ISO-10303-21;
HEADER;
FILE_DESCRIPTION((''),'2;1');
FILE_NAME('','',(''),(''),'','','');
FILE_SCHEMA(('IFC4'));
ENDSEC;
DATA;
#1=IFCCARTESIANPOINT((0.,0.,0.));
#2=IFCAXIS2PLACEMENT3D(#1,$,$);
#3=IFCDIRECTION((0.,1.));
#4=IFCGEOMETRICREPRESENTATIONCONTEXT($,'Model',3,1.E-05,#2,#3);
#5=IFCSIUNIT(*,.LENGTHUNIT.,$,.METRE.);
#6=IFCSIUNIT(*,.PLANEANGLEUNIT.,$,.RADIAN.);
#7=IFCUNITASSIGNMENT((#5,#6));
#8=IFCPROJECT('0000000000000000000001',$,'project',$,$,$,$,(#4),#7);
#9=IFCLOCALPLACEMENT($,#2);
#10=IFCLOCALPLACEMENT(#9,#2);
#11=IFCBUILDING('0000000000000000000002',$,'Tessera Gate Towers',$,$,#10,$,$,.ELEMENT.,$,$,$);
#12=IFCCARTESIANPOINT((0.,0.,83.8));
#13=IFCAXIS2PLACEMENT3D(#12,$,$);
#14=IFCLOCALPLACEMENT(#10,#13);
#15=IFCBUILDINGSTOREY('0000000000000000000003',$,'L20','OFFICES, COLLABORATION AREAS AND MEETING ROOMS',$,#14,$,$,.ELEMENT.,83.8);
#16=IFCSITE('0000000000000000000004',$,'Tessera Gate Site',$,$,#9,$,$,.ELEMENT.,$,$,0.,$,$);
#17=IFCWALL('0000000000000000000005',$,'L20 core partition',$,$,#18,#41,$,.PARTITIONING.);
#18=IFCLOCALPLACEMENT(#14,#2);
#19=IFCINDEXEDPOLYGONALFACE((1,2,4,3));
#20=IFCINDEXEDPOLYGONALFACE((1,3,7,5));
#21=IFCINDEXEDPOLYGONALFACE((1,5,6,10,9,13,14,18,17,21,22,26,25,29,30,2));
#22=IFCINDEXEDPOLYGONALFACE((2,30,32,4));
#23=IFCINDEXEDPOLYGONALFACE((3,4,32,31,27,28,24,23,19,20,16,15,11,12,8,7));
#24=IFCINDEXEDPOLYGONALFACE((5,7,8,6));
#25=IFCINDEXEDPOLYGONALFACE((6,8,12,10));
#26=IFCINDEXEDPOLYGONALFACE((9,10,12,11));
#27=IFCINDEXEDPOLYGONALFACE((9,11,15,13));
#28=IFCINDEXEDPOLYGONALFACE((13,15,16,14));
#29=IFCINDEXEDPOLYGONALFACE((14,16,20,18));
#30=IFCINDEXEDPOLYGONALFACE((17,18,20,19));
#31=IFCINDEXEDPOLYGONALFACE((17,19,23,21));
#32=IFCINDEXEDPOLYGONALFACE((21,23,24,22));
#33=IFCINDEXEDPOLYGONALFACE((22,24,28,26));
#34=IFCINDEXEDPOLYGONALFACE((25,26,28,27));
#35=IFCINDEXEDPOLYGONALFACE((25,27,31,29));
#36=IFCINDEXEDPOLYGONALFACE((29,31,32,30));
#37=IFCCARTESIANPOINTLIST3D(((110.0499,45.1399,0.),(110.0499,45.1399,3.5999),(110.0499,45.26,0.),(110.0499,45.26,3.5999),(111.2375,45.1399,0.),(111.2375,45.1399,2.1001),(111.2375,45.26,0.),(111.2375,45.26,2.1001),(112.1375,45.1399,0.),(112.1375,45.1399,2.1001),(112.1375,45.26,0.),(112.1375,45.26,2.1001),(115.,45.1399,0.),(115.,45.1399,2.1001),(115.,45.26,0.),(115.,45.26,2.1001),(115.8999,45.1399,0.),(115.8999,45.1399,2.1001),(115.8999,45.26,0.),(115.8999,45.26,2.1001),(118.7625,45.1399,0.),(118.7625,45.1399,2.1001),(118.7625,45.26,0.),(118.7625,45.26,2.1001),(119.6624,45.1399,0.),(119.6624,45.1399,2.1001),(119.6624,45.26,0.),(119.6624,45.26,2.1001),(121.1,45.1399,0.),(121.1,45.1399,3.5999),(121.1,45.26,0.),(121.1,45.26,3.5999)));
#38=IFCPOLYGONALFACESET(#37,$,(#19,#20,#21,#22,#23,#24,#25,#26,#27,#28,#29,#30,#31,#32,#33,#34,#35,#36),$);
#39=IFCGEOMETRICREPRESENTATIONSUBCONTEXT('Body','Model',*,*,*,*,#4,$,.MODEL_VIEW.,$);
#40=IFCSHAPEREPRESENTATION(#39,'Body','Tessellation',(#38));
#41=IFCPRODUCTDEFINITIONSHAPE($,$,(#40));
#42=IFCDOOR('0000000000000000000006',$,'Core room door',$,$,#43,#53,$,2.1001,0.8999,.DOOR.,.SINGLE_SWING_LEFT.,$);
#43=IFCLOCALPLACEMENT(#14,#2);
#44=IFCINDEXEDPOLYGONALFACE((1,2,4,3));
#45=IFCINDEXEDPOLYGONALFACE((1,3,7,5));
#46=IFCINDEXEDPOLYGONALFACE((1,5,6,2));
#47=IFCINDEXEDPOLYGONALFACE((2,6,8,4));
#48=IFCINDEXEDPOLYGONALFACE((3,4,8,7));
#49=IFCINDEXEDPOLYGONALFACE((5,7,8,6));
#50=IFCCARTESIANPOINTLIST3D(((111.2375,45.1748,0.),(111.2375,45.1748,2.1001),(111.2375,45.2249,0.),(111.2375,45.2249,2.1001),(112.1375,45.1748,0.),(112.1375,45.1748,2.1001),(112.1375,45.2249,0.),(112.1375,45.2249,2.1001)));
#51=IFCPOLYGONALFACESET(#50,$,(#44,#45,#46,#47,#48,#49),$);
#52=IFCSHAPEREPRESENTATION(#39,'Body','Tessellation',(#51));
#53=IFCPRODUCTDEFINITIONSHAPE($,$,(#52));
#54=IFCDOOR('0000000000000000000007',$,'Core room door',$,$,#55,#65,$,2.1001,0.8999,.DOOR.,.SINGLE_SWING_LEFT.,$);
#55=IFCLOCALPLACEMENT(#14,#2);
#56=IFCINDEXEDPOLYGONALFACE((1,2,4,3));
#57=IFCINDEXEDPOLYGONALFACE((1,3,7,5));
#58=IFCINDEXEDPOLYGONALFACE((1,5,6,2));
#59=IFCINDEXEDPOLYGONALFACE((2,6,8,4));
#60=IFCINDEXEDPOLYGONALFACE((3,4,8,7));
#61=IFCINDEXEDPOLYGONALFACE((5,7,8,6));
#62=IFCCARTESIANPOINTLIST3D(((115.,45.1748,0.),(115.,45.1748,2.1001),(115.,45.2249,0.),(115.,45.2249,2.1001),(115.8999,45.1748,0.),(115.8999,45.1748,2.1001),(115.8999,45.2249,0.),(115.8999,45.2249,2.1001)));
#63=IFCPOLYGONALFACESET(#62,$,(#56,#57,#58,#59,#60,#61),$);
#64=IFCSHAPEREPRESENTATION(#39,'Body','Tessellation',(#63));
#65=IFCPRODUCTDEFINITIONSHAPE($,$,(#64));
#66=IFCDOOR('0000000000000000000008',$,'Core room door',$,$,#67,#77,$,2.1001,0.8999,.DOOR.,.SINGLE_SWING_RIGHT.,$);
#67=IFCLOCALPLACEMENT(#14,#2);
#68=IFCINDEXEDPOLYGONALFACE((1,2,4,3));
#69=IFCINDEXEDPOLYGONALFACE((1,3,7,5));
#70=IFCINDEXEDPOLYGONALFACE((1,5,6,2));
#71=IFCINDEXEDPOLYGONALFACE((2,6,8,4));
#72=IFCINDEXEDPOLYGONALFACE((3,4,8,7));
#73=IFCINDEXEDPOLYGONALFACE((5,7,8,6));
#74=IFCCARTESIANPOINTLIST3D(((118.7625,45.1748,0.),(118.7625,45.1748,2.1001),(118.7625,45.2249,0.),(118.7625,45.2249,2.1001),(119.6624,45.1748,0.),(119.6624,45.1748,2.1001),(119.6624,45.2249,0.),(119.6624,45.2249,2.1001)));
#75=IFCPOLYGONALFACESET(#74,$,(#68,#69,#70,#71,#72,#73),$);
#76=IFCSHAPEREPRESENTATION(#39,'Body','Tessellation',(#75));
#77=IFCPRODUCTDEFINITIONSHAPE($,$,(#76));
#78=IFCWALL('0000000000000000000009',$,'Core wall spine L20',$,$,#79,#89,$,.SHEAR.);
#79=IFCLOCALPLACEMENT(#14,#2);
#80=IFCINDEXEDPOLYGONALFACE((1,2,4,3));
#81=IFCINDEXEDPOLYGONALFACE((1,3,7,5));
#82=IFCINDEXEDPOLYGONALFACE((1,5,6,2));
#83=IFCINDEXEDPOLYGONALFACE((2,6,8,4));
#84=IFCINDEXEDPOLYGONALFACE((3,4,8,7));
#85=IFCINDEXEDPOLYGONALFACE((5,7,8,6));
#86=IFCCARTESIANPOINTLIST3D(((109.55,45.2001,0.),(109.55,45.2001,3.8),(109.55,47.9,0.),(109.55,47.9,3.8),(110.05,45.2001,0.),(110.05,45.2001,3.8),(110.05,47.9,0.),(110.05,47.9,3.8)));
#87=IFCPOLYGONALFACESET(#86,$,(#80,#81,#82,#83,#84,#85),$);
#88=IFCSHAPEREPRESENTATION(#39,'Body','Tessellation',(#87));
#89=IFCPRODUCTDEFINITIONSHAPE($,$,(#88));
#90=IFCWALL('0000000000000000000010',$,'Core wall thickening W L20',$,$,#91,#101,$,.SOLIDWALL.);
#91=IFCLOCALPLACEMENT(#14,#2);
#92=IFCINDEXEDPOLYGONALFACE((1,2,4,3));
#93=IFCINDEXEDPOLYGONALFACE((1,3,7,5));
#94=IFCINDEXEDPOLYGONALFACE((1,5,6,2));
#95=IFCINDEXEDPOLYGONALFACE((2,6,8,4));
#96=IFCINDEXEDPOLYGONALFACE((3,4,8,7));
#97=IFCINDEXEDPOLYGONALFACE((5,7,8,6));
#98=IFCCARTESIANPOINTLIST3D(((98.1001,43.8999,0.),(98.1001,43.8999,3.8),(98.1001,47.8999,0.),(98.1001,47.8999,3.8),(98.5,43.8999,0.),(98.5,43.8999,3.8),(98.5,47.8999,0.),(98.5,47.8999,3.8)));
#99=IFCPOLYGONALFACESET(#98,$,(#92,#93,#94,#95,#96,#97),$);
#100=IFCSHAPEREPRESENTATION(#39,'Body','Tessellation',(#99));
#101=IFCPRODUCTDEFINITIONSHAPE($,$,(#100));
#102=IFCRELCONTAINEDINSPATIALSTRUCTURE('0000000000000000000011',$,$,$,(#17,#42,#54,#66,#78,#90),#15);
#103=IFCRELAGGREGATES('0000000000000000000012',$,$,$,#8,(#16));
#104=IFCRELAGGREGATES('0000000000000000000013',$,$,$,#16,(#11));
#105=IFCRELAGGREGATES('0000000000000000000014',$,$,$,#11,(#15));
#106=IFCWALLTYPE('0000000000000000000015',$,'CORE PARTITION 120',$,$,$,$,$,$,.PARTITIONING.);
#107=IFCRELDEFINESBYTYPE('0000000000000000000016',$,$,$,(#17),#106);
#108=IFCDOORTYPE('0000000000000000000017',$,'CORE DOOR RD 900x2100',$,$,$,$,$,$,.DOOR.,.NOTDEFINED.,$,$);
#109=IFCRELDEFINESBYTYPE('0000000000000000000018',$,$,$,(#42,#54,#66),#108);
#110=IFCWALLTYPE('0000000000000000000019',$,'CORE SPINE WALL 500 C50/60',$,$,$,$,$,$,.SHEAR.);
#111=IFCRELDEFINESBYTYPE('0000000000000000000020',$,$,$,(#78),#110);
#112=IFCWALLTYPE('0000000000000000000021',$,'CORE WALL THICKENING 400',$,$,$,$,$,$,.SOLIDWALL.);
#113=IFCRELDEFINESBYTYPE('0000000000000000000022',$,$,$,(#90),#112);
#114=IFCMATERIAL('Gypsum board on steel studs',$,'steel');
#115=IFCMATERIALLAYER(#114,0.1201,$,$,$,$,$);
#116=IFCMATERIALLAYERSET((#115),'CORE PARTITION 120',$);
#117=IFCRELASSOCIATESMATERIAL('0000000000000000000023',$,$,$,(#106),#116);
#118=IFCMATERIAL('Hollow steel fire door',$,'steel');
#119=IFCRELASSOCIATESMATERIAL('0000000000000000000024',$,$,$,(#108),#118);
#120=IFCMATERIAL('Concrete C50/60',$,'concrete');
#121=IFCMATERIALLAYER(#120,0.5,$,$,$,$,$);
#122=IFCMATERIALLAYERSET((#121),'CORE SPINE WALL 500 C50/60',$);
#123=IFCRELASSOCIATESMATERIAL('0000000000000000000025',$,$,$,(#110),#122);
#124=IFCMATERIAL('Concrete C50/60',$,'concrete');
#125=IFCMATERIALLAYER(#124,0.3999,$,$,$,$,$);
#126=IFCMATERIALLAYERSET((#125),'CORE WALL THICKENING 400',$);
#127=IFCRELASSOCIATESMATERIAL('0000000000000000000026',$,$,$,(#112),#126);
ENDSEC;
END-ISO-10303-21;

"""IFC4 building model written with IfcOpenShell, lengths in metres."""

from ifc_helpers import new_model, si_unit, direction, frame, frame_2d, origin, place, context, subcontext, project, spatial, rectangle, extrude, source, transform, mapped, material, layer, layer_set, type_object, element, fill, save


model = new_model("IFC4")

# Units and contexts
model_context = context("Model", 3, precision=1e-05, world=origin(), true_north=direction((0.0, 1.0)))
body_context = subcontext(model_context, "Body", "Model", "MODEL_VIEW")
ifc_project = project(units=[si_unit("LENGTHUNIT", "METRE"), si_unit("PLANEANGLEUNIT", "RADIAN")], contexts=[model_context])

# Site, building, storey
site_placement = place(None, origin())
site = spatial("IfcSite", under=ifc_project, at=site_placement, Name="Tessera Gate Site", CompositionType="ELEMENT", RefElevation=0.0)
building_placement = place(site_placement, origin())
building = spatial("IfcBuilding", under=site, at=building_placement, Name="Tessera Gate Towers", CompositionType="ELEMENT")
storey_placement = place(building_placement, frame((0.0, 0.0, 83.8)))
storey = spatial("IfcBuildingStorey", under=building, at=storey_placement, Name="L20", Description="OFFICES, COLLABORATION AREAS AND MEETING ROOMS", CompositionType="ELEMENT", Elevation=83.8)

# Wall, openings, doors
ifc_material_1 = material(Name="Gypsum board on steel studs", Category="steel")
ifc_layer_1 = layer(ifc_material_1, 0.1201)
ifc_layer_set_1 = layer_set([ifc_layer_1], Name="CORE PARTITION 120")
wall_type_1 = type_object("IfcWallType", Name="CORE PARTITION 120", PredefinedType="PARTITIONING", material=ifc_layer_set_1)
wall_1_placement = place(storey_placement, frame((110.05, 45.2, 0.0), z_axis=(0.0, 0.0, 1.0), x_axis=(1.0, 0.0, 0.0)))
wall_1 = element("IfcWall", 1, at=wall_1_placement, inside=storey, type_object=wall_type_1, Name="L20 core partition", PredefinedType="PARTITIONING", context=body_context, shape_type="SweptSolid", body=[
    extrude(rectangle(XDim=11.05, YDim=0.1201, at=frame_2d((5.5249, 0.0))), origin(), (0.0, 0.0, 1.0), 3.5999),
])
shared_shape_1 = source(origin(), body_context, "Body", "SweptSolid", [
    extrude(rectangle(XDim=0.8999, YDim=2.1001, at=frame_2d((0.45, 1.05))), frame((0.0, 0.0701, 0.0), z_axis=(0.0, -1.0, 0.0), x_axis=(1.0, 0.0, 0.0)), (0.0, 0.0, 1.0), 0.1401),
])
opening_1_placement = place(wall_1_placement, frame((1.1875, 0.0, 0.0)))
opening_1 = element("IfcOpeningElement", 2, at=opening_1_placement, cuts=wall_1, PredefinedType="OPENING", context=body_context, shape_type="MappedRepresentation", body=[
    mapped(shared_shape_1, transform((0.0, 0.0, 0.0), scale=1.0)),
])
opening_2_placement = place(wall_1_placement, frame((4.95, 0.0, 0.0)))
opening_2 = element("IfcOpeningElement", 3, at=opening_2_placement, cuts=wall_1, PredefinedType="OPENING", context=body_context, shape_type="MappedRepresentation", body=[
    mapped(shared_shape_1, transform((0.0, 0.0, 0.0), scale=1.0)),
])
opening_3_placement = place(wall_1_placement, frame((8.7124, 0.0, 0.0)))
opening_3 = element("IfcOpeningElement", 4, at=opening_3_placement, cuts=wall_1, PredefinedType="OPENING", context=body_context, shape_type="MappedRepresentation", body=[
    mapped(shared_shape_1, transform((0.0, 0.0, 0.0), scale=1.0)),
])
ifc_material_2 = material(Name="Hollow steel fire door", Category="steel")
door_type_1 = type_object("IfcDoorType", Name="CORE DOOR RD 900x2100", OperationType="NOTDEFINED", PredefinedType="DOOR", material=ifc_material_2)
shared_shape_2 = source(origin(), body_context, "Body", "SweptSolid", [
    extrude(rectangle(XDim=0.8999, YDim=2.1001, at=frame_2d((0.45, 1.05))), frame((0.0, 0.0249, 0.0), z_axis=(0.0, -1.0, 0.0), x_axis=(1.0, 0.0, 0.0)), (0.0, 0.0, 1.0), 0.05),
])
door_1_placement = place(opening_1_placement, origin())
door_1 = element("IfcDoor", 5, at=door_1_placement, inside=storey, type_object=door_type_1, Name="Core room door", OperationType="SINGLE_SWING_LEFT", OverallHeight=2.1001, OverallWidth=0.8999, PredefinedType="DOOR", context=body_context, shape_type="MappedRepresentation", body=[
    mapped(shared_shape_2, transform((0.0, 0.0, 0.0), scale=1.0)),
])
fill(opening_1, door_1)
door_2_placement = place(opening_2_placement, origin())
door_2 = element("IfcDoor", 6, at=door_2_placement, inside=storey, type_object=door_type_1, Name="Core room door", OperationType="SINGLE_SWING_LEFT", OverallHeight=2.1001, OverallWidth=0.8999, PredefinedType="DOOR", context=body_context, shape_type="MappedRepresentation", body=[
    mapped(shared_shape_2, transform((0.0, 0.0, 0.0), scale=1.0)),
])
fill(opening_2, door_2)
door_3_placement = place(opening_3_placement, origin())
door_3 = element("IfcDoor", 7, at=door_3_placement, inside=storey, type_object=door_type_1, Name="Core room door", OperationType="SINGLE_SWING_RIGHT", OverallHeight=2.1001, OverallWidth=0.8999, PredefinedType="DOOR", context=body_context, shape_type="MappedRepresentation", body=[
    mapped(shared_shape_2, transform((0.0, 0.0, 0.0), scale=1.0)),
])
fill(opening_3, door_3)

# Walls
ifc_material_3 = material(Name="Concrete C50/60", Category="concrete")
ifc_layer_2 = layer(ifc_material_3, 0.5)
ifc_layer_set_2 = layer_set([ifc_layer_2], Name="CORE SPINE WALL 500 C50/60")
wall_type_2 = type_object("IfcWallType", Name="CORE SPINE WALL 500 C50/60", PredefinedType="SHEAR", material=ifc_layer_set_2)
wall_2_placement = place(storey_placement, frame((109.8, 45.2, 0.0), z_axis=(0.0, 0.0, 1.0), x_axis=(0.0, 1.0, 0.0)))
element("IfcWall", 8, at=wall_2_placement, inside=storey, type_object=wall_type_2, Name="Core wall spine L20", PredefinedType="SHEAR", context=body_context, shape_type="SweptSolid", body=[
    extrude(rectangle(XDim=2.7, YDim=0.5, at=frame_2d((1.3501, 0.0))), origin(), (0.0, 0.0, 1.0), 3.8),
])
ifc_material_4 = material(Name="Concrete C50/60", Category="concrete")
ifc_layer_3 = layer(ifc_material_4, 0.3999)
ifc_layer_set_3 = layer_set([ifc_layer_3], Name="CORE WALL THICKENING 400")
wall_type_3 = type_object("IfcWallType", Name="CORE WALL THICKENING 400", PredefinedType="SOLIDWALL", material=ifc_layer_set_3)
wall_3_placement = place(storey_placement, frame((98.3, 43.8999, 0.0), z_axis=(0.0, 0.0, 1.0), x_axis=(0.0, 1.0, 0.0)))
element("IfcWall", 9, at=wall_3_placement, inside=storey, type_object=wall_type_3, Name="Core wall thickening W L20", PredefinedType="SOLIDWALL", context=body_context, shape_type="SweptSolid", body=[
    extrude(rectangle(XDim=4.0, YDim=0.3999, at=frame_2d((2.0, 0.0))), origin(), (0.0, 0.0, 1.0), 3.8),
])

save(model, "model.ifc")
